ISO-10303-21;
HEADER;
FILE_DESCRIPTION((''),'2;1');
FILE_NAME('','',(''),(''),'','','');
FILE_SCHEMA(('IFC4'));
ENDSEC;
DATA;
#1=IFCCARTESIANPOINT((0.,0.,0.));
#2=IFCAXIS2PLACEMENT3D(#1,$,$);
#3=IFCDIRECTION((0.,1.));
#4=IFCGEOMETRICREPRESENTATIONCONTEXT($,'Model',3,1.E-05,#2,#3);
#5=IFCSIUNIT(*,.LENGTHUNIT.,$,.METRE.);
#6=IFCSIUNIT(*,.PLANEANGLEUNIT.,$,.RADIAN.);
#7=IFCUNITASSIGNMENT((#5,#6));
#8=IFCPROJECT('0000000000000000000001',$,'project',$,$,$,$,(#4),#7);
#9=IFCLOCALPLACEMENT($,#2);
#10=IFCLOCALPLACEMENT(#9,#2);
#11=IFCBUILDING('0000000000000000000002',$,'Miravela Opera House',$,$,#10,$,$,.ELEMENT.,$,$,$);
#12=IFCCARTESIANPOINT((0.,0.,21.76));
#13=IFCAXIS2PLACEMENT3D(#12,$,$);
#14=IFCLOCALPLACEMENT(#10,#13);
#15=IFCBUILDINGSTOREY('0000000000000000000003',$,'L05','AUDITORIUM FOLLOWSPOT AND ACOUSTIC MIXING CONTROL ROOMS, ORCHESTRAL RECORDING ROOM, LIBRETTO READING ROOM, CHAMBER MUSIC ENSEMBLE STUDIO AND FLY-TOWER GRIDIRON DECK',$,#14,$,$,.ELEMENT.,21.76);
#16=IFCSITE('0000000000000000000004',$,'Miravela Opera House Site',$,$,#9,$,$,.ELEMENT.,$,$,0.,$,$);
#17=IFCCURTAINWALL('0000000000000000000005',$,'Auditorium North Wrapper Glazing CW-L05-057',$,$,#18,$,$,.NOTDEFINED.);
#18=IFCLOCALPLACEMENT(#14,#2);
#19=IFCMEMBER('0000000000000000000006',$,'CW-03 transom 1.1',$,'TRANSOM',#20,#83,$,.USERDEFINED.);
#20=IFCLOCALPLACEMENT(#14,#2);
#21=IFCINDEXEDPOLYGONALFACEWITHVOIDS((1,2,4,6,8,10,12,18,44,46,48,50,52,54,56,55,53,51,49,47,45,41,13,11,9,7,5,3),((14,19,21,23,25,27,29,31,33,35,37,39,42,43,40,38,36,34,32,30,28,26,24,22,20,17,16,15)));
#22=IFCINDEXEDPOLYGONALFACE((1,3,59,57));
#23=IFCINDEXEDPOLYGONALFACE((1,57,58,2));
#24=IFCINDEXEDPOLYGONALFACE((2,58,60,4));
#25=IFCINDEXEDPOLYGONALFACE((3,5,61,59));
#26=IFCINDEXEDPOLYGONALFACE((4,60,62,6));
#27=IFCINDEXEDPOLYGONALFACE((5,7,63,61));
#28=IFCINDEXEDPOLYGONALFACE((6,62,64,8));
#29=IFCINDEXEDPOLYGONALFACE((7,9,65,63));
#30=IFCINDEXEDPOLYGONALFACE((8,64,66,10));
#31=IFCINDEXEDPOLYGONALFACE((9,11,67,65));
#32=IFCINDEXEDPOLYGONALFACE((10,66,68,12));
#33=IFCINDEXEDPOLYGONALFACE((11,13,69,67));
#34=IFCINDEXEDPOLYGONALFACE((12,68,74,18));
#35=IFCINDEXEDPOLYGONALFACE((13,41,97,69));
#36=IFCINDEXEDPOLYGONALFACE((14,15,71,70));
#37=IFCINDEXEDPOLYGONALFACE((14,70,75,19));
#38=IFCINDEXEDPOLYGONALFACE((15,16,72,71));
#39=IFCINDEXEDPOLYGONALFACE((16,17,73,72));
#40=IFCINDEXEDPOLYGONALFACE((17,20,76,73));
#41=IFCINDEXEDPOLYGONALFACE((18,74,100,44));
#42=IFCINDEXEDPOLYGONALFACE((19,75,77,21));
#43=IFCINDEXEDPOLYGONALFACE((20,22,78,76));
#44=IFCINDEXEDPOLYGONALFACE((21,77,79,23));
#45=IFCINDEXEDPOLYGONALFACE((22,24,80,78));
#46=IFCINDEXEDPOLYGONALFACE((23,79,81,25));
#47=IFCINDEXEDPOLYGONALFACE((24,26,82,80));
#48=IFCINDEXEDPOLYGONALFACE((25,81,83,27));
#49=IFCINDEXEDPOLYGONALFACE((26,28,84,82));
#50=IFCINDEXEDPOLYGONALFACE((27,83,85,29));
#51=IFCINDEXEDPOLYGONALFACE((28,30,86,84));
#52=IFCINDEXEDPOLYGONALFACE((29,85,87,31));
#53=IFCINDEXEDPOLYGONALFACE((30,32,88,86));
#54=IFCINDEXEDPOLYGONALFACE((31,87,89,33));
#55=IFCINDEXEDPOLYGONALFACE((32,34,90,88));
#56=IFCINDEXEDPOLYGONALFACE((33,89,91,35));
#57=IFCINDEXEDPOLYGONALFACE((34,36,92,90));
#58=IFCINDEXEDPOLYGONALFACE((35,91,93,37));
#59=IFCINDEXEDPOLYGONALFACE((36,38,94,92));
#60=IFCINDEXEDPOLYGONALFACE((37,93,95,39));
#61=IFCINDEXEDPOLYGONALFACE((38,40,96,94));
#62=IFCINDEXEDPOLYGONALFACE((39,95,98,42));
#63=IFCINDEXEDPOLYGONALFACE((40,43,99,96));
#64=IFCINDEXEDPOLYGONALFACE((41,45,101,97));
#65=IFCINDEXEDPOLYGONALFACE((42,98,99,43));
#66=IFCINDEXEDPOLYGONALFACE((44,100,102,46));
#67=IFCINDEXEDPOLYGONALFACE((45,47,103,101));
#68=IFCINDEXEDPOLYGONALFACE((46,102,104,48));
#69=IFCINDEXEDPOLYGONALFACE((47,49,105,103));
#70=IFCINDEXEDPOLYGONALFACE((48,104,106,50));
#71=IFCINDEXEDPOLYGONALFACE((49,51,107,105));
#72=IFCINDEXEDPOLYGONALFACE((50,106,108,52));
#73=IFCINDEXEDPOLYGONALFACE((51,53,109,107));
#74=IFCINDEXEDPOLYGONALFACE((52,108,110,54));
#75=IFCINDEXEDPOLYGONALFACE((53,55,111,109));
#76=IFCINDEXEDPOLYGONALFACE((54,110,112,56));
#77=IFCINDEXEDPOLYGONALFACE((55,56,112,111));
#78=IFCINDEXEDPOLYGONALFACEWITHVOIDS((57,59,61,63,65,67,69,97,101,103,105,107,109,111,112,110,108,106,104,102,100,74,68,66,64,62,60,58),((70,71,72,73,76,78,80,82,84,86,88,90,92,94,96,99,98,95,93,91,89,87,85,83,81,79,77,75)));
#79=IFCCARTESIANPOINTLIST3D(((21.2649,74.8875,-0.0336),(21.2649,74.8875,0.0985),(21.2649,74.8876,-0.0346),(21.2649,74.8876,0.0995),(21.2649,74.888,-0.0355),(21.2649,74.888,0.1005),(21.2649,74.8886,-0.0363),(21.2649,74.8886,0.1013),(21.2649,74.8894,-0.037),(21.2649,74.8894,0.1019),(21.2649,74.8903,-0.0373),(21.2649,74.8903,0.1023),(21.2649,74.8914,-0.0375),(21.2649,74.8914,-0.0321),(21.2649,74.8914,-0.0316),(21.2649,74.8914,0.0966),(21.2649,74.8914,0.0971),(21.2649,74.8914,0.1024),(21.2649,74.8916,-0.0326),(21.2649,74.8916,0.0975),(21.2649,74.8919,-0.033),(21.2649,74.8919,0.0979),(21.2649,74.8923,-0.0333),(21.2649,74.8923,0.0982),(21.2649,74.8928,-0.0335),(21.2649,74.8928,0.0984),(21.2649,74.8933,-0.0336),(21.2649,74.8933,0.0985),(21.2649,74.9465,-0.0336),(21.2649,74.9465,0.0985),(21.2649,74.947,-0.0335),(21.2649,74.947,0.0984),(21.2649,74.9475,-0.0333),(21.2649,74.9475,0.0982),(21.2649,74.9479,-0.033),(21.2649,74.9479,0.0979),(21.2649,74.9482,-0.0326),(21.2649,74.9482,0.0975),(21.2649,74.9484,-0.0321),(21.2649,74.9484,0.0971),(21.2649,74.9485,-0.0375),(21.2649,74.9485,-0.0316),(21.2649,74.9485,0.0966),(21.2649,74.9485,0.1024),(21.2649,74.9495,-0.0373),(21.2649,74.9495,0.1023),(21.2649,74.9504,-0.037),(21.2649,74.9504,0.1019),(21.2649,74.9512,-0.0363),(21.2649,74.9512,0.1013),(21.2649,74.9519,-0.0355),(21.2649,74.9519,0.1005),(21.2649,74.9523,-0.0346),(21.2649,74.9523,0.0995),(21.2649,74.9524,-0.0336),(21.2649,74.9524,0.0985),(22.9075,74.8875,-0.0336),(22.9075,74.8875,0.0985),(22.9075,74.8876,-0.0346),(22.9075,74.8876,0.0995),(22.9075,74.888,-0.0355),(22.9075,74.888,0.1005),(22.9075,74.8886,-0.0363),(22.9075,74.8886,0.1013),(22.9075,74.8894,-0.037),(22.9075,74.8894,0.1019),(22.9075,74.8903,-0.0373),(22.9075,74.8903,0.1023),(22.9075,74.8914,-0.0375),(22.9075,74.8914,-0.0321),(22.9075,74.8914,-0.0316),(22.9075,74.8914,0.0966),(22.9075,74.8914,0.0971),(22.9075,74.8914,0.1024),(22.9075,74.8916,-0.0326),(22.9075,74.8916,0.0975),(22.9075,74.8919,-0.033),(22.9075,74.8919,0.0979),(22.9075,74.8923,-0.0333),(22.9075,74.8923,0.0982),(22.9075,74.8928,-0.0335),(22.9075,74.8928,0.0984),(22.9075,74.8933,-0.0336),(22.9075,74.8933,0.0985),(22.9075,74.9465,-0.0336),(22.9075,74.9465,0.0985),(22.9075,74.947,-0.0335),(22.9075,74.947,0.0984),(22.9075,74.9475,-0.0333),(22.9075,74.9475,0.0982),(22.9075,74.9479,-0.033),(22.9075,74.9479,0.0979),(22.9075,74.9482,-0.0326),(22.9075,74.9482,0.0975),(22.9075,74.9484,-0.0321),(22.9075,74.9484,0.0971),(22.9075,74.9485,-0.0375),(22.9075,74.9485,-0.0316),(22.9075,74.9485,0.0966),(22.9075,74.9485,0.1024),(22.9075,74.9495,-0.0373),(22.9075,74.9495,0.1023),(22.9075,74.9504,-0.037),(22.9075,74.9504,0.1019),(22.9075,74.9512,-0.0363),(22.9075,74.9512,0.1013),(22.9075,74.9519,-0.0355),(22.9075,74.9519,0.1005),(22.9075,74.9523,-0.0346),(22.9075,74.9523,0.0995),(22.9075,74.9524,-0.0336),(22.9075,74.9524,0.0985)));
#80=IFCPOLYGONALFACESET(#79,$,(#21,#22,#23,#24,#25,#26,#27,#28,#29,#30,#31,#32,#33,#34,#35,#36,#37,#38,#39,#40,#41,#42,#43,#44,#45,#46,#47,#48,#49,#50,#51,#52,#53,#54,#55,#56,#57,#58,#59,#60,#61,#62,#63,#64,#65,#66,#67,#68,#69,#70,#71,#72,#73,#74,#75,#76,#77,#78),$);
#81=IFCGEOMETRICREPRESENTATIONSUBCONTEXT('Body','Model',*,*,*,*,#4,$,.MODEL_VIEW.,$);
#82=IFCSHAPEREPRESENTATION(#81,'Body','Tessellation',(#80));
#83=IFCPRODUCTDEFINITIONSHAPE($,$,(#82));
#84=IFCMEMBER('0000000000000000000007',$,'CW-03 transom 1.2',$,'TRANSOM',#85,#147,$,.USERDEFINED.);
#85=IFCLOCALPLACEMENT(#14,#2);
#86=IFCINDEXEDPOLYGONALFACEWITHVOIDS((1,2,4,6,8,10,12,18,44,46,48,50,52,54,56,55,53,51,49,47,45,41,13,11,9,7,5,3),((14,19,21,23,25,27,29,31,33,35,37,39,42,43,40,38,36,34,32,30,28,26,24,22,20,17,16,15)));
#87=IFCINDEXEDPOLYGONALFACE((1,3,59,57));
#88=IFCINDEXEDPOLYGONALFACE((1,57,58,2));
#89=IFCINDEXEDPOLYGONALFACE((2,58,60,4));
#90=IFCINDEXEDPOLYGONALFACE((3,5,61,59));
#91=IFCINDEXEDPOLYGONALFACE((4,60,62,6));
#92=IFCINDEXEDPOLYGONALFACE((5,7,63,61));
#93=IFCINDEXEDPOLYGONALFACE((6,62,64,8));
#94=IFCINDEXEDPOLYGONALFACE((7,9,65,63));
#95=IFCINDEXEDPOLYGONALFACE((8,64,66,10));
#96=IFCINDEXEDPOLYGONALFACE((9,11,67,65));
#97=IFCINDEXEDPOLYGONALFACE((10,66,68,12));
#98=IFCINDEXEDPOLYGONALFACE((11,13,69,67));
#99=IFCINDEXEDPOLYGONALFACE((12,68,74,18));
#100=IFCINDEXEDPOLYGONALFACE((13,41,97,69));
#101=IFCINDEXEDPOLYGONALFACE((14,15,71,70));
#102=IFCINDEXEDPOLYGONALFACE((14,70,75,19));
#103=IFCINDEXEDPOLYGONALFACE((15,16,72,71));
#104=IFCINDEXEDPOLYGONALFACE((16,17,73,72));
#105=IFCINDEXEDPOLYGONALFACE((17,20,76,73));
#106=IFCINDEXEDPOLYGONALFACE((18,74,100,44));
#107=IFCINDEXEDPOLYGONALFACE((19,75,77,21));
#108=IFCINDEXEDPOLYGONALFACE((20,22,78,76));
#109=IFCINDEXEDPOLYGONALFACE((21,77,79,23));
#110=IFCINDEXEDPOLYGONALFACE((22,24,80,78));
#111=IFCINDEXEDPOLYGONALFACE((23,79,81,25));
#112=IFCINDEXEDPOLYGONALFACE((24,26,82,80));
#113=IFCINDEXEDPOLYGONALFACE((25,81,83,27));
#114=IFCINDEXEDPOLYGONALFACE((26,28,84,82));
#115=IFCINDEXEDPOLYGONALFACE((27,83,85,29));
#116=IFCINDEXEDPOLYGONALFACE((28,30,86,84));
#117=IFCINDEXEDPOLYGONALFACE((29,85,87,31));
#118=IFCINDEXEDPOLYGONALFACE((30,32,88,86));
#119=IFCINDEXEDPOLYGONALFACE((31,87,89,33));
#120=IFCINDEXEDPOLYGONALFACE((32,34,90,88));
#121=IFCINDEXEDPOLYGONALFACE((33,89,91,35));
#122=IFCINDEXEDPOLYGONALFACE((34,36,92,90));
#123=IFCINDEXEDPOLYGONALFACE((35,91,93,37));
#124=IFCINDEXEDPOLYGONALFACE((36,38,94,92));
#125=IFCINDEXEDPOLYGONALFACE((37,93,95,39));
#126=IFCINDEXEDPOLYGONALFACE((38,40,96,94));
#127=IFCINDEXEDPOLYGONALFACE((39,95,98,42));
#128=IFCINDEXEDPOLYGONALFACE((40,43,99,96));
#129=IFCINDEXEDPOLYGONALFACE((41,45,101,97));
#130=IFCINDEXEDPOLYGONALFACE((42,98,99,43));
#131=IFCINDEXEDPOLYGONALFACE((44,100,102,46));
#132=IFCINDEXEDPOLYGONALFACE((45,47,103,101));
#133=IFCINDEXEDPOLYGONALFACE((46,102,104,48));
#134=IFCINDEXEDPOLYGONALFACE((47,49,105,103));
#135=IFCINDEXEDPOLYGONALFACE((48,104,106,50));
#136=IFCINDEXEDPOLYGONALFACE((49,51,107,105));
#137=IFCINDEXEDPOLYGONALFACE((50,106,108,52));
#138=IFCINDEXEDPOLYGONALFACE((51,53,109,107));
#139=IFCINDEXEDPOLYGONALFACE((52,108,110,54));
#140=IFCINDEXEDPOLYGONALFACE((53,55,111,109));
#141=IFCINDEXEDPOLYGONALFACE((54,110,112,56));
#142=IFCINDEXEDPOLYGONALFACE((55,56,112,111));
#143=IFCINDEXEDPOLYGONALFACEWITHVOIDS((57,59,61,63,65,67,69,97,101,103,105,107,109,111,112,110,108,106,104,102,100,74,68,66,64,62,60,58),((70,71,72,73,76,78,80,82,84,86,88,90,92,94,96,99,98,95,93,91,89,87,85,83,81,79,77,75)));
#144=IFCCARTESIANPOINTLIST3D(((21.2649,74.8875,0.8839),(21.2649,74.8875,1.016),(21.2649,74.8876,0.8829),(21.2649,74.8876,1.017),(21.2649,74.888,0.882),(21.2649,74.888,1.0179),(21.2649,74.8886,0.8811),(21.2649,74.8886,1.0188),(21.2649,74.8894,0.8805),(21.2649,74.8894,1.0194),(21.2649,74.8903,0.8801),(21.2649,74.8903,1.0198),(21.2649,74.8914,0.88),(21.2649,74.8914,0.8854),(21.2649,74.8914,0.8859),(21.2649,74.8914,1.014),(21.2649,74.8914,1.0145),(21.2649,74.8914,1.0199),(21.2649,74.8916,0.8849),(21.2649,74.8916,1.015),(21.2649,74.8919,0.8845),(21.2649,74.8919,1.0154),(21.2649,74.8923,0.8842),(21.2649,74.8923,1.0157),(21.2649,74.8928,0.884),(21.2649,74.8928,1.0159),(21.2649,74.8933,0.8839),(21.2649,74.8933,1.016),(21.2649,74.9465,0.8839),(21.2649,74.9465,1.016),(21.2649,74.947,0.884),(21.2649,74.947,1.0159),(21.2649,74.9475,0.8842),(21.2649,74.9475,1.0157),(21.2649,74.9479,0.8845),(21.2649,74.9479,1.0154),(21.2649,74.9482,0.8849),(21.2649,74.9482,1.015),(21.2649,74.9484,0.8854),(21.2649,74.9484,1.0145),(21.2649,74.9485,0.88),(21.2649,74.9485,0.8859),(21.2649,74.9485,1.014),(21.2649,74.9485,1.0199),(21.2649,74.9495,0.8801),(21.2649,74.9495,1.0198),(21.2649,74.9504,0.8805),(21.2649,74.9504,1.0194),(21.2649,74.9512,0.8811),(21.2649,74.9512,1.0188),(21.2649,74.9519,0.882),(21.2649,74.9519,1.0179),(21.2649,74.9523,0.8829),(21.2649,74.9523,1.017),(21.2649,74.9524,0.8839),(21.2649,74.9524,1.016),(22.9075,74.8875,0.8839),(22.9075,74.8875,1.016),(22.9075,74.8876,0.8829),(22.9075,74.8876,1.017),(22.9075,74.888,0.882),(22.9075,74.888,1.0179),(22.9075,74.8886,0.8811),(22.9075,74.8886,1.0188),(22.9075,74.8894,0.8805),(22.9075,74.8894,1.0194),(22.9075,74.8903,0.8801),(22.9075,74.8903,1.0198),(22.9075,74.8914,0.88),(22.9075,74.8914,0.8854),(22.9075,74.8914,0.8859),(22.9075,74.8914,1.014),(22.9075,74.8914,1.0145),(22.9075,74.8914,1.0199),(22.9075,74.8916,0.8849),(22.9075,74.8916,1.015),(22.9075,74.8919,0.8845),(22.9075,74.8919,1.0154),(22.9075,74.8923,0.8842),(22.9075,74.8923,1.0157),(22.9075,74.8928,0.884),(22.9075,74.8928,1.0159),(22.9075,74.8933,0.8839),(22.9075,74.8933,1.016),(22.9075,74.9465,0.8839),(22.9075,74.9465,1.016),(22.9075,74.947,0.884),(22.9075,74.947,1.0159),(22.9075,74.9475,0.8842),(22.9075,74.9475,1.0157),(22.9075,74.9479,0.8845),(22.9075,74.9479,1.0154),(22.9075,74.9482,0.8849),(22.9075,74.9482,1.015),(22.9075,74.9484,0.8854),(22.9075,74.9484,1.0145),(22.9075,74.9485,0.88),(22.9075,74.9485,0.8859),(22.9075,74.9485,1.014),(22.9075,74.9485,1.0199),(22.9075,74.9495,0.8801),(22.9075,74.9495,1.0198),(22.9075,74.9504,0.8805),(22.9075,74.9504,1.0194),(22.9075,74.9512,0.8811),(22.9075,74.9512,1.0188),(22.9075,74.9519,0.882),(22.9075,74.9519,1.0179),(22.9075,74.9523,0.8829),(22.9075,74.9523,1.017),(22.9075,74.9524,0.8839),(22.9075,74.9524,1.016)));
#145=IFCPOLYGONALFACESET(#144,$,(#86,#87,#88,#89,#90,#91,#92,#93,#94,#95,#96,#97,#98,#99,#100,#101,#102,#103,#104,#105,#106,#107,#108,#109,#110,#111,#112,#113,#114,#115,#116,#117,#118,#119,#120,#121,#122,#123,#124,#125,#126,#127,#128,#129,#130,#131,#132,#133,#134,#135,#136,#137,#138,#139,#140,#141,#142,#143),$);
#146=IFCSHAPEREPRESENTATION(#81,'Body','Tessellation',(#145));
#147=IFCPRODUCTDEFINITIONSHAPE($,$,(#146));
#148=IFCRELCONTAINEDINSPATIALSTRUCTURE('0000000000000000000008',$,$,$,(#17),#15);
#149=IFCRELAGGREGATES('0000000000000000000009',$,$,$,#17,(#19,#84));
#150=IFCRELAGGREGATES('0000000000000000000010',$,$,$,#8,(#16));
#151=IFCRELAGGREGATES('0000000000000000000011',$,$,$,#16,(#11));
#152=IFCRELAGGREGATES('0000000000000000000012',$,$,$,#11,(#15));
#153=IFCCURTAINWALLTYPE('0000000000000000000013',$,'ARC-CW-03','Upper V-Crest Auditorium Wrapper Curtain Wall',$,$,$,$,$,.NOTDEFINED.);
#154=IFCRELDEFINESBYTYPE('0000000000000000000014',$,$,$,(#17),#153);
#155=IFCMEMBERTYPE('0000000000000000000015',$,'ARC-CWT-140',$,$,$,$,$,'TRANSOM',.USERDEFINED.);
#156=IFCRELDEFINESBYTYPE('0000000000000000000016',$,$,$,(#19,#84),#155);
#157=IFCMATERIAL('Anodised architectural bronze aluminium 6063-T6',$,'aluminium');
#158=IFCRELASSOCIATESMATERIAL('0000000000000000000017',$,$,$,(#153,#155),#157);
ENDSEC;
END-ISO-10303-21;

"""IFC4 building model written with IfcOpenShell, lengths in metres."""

from ifc_helpers import new_model, si_unit, direction, frame, origin, origin_2d, place, context, subcontext, project, spatial, hollow_rectangle, extrude, material, material_profile, profile_set, type_object, element, aggregate, save


model = new_model("IFC4")

# Units and contexts
model_context = context("Model", 3, precision=1e-05, world=origin(), true_north=direction((0.0, 1.0)))
body_context = subcontext(model_context, "Body", "Model", "MODEL_VIEW")
ifc_project = project(units=[si_unit("LENGTHUNIT", "METRE"), si_unit("PLANEANGLEUNIT", "RADIAN")], contexts=[model_context])

# Site, building, storey
site_placement = place(None, origin())
site = spatial("IfcSite", under=ifc_project, at=site_placement, Name="Miravela Opera House Site", CompositionType="ELEMENT", RefElevation=0.0)
building_placement = place(site_placement, origin())
building = spatial("IfcBuilding", under=site, at=building_placement, Name="Miravela Opera House", CompositionType="ELEMENT")
storey_placement = place(building_placement, frame((0.0, 0.0, 21.76)))
storey = spatial("IfcBuildingStorey", under=building, at=storey_placement, Name="L05", Description="AUDITORIUM FOLLOWSPOT AND ACOUSTIC MIXING CONTROL ROOMS, ORCHESTRAL RECORDING ROOM, LIBRETTO READING ROOM, CHAMBER MUSIC ENSEMBLE STUDIO AND FLY-TOWER GRIDIRON DECK", CompositionType="ELEMENT", Elevation=21.76)

# Curtain wall
ifc_material_1 = material(Name="Anodised architectural bronze aluminium 6063-T6", Category="aluminium")
curtain_wall_type = type_object("IfcCurtainWallType", Name="ARC-CW-03", Description="Upper V-Crest Auditorium Wrapper Curtain Wall", PredefinedType="NOTDEFINED", material=ifc_material_1)
curtain_wall_1_placement = place(storey_placement, origin())
curtain_wall_1 = element("IfcCurtainWall", 1, at=curtain_wall_1_placement, inside=storey, type_object=curtain_wall_type, Name="Auditorium North Wrapper Glazing CW-L05-057", PredefinedType="NOTDEFINED")

# Members
ifc_material_profile_1 = material_profile(ifc_material_1, hollow_rectangle(XDim=0.0649, YDim=0.1399, WallThickness=0.0039, InnerFilletRadius=0.002, OuterFilletRadius=0.0039, at=origin_2d()), Name="CWT-65X140")
ifc_profile_set_1 = profile_set([ifc_material_profile_1])
member_type_1 = type_object("IfcMemberType", Name="ARC-CWT-140", ElementType="TRANSOM", PredefinedType="USERDEFINED", material=ifc_profile_set_1)
member_1_placement = place(storey_placement, frame((21.2649, 74.9199, 0.0325), z_axis=(1.0, 0.0, 0.0), x_axis=(0.0, 1.0, 0.0)))
member_1 = element("IfcMember", 2, at=member_1_placement, type_object=member_type_1, Name="CW-03 transom 1.1", ObjectType="TRANSOM", PredefinedType="USERDEFINED", context=body_context, shape_type="SweptSolid", body=[
    extrude(hollow_rectangle(XDim=0.0649, YDim=0.1399, WallThickness=0.0039, InnerFilletRadius=0.002, OuterFilletRadius=0.0039, at=origin_2d()), origin(), (0.0, 0.0, 1.0), 1.6426),
])
member_2_placement = place(storey_placement, frame((21.2649, 74.9199, 0.95), z_axis=(1.0, 0.0, 0.0), x_axis=(0.0, 1.0, 0.0)))
member_2 = element("IfcMember", 3, at=member_2_placement, type_object=member_type_1, Name="CW-03 transom 1.2", ObjectType="TRANSOM", PredefinedType="USERDEFINED", context=body_context, shape_type="SweptSolid", body=[
    extrude(hollow_rectangle(XDim=0.0649, YDim=0.1399, WallThickness=0.0039, InnerFilletRadius=0.002, OuterFilletRadius=0.0039, at=origin_2d()), origin(), (0.0, 0.0, 1.0), 1.6426),
])

aggregate(curtain_wall_1, [member_1, member_2])

save(model, "model.ifc")
